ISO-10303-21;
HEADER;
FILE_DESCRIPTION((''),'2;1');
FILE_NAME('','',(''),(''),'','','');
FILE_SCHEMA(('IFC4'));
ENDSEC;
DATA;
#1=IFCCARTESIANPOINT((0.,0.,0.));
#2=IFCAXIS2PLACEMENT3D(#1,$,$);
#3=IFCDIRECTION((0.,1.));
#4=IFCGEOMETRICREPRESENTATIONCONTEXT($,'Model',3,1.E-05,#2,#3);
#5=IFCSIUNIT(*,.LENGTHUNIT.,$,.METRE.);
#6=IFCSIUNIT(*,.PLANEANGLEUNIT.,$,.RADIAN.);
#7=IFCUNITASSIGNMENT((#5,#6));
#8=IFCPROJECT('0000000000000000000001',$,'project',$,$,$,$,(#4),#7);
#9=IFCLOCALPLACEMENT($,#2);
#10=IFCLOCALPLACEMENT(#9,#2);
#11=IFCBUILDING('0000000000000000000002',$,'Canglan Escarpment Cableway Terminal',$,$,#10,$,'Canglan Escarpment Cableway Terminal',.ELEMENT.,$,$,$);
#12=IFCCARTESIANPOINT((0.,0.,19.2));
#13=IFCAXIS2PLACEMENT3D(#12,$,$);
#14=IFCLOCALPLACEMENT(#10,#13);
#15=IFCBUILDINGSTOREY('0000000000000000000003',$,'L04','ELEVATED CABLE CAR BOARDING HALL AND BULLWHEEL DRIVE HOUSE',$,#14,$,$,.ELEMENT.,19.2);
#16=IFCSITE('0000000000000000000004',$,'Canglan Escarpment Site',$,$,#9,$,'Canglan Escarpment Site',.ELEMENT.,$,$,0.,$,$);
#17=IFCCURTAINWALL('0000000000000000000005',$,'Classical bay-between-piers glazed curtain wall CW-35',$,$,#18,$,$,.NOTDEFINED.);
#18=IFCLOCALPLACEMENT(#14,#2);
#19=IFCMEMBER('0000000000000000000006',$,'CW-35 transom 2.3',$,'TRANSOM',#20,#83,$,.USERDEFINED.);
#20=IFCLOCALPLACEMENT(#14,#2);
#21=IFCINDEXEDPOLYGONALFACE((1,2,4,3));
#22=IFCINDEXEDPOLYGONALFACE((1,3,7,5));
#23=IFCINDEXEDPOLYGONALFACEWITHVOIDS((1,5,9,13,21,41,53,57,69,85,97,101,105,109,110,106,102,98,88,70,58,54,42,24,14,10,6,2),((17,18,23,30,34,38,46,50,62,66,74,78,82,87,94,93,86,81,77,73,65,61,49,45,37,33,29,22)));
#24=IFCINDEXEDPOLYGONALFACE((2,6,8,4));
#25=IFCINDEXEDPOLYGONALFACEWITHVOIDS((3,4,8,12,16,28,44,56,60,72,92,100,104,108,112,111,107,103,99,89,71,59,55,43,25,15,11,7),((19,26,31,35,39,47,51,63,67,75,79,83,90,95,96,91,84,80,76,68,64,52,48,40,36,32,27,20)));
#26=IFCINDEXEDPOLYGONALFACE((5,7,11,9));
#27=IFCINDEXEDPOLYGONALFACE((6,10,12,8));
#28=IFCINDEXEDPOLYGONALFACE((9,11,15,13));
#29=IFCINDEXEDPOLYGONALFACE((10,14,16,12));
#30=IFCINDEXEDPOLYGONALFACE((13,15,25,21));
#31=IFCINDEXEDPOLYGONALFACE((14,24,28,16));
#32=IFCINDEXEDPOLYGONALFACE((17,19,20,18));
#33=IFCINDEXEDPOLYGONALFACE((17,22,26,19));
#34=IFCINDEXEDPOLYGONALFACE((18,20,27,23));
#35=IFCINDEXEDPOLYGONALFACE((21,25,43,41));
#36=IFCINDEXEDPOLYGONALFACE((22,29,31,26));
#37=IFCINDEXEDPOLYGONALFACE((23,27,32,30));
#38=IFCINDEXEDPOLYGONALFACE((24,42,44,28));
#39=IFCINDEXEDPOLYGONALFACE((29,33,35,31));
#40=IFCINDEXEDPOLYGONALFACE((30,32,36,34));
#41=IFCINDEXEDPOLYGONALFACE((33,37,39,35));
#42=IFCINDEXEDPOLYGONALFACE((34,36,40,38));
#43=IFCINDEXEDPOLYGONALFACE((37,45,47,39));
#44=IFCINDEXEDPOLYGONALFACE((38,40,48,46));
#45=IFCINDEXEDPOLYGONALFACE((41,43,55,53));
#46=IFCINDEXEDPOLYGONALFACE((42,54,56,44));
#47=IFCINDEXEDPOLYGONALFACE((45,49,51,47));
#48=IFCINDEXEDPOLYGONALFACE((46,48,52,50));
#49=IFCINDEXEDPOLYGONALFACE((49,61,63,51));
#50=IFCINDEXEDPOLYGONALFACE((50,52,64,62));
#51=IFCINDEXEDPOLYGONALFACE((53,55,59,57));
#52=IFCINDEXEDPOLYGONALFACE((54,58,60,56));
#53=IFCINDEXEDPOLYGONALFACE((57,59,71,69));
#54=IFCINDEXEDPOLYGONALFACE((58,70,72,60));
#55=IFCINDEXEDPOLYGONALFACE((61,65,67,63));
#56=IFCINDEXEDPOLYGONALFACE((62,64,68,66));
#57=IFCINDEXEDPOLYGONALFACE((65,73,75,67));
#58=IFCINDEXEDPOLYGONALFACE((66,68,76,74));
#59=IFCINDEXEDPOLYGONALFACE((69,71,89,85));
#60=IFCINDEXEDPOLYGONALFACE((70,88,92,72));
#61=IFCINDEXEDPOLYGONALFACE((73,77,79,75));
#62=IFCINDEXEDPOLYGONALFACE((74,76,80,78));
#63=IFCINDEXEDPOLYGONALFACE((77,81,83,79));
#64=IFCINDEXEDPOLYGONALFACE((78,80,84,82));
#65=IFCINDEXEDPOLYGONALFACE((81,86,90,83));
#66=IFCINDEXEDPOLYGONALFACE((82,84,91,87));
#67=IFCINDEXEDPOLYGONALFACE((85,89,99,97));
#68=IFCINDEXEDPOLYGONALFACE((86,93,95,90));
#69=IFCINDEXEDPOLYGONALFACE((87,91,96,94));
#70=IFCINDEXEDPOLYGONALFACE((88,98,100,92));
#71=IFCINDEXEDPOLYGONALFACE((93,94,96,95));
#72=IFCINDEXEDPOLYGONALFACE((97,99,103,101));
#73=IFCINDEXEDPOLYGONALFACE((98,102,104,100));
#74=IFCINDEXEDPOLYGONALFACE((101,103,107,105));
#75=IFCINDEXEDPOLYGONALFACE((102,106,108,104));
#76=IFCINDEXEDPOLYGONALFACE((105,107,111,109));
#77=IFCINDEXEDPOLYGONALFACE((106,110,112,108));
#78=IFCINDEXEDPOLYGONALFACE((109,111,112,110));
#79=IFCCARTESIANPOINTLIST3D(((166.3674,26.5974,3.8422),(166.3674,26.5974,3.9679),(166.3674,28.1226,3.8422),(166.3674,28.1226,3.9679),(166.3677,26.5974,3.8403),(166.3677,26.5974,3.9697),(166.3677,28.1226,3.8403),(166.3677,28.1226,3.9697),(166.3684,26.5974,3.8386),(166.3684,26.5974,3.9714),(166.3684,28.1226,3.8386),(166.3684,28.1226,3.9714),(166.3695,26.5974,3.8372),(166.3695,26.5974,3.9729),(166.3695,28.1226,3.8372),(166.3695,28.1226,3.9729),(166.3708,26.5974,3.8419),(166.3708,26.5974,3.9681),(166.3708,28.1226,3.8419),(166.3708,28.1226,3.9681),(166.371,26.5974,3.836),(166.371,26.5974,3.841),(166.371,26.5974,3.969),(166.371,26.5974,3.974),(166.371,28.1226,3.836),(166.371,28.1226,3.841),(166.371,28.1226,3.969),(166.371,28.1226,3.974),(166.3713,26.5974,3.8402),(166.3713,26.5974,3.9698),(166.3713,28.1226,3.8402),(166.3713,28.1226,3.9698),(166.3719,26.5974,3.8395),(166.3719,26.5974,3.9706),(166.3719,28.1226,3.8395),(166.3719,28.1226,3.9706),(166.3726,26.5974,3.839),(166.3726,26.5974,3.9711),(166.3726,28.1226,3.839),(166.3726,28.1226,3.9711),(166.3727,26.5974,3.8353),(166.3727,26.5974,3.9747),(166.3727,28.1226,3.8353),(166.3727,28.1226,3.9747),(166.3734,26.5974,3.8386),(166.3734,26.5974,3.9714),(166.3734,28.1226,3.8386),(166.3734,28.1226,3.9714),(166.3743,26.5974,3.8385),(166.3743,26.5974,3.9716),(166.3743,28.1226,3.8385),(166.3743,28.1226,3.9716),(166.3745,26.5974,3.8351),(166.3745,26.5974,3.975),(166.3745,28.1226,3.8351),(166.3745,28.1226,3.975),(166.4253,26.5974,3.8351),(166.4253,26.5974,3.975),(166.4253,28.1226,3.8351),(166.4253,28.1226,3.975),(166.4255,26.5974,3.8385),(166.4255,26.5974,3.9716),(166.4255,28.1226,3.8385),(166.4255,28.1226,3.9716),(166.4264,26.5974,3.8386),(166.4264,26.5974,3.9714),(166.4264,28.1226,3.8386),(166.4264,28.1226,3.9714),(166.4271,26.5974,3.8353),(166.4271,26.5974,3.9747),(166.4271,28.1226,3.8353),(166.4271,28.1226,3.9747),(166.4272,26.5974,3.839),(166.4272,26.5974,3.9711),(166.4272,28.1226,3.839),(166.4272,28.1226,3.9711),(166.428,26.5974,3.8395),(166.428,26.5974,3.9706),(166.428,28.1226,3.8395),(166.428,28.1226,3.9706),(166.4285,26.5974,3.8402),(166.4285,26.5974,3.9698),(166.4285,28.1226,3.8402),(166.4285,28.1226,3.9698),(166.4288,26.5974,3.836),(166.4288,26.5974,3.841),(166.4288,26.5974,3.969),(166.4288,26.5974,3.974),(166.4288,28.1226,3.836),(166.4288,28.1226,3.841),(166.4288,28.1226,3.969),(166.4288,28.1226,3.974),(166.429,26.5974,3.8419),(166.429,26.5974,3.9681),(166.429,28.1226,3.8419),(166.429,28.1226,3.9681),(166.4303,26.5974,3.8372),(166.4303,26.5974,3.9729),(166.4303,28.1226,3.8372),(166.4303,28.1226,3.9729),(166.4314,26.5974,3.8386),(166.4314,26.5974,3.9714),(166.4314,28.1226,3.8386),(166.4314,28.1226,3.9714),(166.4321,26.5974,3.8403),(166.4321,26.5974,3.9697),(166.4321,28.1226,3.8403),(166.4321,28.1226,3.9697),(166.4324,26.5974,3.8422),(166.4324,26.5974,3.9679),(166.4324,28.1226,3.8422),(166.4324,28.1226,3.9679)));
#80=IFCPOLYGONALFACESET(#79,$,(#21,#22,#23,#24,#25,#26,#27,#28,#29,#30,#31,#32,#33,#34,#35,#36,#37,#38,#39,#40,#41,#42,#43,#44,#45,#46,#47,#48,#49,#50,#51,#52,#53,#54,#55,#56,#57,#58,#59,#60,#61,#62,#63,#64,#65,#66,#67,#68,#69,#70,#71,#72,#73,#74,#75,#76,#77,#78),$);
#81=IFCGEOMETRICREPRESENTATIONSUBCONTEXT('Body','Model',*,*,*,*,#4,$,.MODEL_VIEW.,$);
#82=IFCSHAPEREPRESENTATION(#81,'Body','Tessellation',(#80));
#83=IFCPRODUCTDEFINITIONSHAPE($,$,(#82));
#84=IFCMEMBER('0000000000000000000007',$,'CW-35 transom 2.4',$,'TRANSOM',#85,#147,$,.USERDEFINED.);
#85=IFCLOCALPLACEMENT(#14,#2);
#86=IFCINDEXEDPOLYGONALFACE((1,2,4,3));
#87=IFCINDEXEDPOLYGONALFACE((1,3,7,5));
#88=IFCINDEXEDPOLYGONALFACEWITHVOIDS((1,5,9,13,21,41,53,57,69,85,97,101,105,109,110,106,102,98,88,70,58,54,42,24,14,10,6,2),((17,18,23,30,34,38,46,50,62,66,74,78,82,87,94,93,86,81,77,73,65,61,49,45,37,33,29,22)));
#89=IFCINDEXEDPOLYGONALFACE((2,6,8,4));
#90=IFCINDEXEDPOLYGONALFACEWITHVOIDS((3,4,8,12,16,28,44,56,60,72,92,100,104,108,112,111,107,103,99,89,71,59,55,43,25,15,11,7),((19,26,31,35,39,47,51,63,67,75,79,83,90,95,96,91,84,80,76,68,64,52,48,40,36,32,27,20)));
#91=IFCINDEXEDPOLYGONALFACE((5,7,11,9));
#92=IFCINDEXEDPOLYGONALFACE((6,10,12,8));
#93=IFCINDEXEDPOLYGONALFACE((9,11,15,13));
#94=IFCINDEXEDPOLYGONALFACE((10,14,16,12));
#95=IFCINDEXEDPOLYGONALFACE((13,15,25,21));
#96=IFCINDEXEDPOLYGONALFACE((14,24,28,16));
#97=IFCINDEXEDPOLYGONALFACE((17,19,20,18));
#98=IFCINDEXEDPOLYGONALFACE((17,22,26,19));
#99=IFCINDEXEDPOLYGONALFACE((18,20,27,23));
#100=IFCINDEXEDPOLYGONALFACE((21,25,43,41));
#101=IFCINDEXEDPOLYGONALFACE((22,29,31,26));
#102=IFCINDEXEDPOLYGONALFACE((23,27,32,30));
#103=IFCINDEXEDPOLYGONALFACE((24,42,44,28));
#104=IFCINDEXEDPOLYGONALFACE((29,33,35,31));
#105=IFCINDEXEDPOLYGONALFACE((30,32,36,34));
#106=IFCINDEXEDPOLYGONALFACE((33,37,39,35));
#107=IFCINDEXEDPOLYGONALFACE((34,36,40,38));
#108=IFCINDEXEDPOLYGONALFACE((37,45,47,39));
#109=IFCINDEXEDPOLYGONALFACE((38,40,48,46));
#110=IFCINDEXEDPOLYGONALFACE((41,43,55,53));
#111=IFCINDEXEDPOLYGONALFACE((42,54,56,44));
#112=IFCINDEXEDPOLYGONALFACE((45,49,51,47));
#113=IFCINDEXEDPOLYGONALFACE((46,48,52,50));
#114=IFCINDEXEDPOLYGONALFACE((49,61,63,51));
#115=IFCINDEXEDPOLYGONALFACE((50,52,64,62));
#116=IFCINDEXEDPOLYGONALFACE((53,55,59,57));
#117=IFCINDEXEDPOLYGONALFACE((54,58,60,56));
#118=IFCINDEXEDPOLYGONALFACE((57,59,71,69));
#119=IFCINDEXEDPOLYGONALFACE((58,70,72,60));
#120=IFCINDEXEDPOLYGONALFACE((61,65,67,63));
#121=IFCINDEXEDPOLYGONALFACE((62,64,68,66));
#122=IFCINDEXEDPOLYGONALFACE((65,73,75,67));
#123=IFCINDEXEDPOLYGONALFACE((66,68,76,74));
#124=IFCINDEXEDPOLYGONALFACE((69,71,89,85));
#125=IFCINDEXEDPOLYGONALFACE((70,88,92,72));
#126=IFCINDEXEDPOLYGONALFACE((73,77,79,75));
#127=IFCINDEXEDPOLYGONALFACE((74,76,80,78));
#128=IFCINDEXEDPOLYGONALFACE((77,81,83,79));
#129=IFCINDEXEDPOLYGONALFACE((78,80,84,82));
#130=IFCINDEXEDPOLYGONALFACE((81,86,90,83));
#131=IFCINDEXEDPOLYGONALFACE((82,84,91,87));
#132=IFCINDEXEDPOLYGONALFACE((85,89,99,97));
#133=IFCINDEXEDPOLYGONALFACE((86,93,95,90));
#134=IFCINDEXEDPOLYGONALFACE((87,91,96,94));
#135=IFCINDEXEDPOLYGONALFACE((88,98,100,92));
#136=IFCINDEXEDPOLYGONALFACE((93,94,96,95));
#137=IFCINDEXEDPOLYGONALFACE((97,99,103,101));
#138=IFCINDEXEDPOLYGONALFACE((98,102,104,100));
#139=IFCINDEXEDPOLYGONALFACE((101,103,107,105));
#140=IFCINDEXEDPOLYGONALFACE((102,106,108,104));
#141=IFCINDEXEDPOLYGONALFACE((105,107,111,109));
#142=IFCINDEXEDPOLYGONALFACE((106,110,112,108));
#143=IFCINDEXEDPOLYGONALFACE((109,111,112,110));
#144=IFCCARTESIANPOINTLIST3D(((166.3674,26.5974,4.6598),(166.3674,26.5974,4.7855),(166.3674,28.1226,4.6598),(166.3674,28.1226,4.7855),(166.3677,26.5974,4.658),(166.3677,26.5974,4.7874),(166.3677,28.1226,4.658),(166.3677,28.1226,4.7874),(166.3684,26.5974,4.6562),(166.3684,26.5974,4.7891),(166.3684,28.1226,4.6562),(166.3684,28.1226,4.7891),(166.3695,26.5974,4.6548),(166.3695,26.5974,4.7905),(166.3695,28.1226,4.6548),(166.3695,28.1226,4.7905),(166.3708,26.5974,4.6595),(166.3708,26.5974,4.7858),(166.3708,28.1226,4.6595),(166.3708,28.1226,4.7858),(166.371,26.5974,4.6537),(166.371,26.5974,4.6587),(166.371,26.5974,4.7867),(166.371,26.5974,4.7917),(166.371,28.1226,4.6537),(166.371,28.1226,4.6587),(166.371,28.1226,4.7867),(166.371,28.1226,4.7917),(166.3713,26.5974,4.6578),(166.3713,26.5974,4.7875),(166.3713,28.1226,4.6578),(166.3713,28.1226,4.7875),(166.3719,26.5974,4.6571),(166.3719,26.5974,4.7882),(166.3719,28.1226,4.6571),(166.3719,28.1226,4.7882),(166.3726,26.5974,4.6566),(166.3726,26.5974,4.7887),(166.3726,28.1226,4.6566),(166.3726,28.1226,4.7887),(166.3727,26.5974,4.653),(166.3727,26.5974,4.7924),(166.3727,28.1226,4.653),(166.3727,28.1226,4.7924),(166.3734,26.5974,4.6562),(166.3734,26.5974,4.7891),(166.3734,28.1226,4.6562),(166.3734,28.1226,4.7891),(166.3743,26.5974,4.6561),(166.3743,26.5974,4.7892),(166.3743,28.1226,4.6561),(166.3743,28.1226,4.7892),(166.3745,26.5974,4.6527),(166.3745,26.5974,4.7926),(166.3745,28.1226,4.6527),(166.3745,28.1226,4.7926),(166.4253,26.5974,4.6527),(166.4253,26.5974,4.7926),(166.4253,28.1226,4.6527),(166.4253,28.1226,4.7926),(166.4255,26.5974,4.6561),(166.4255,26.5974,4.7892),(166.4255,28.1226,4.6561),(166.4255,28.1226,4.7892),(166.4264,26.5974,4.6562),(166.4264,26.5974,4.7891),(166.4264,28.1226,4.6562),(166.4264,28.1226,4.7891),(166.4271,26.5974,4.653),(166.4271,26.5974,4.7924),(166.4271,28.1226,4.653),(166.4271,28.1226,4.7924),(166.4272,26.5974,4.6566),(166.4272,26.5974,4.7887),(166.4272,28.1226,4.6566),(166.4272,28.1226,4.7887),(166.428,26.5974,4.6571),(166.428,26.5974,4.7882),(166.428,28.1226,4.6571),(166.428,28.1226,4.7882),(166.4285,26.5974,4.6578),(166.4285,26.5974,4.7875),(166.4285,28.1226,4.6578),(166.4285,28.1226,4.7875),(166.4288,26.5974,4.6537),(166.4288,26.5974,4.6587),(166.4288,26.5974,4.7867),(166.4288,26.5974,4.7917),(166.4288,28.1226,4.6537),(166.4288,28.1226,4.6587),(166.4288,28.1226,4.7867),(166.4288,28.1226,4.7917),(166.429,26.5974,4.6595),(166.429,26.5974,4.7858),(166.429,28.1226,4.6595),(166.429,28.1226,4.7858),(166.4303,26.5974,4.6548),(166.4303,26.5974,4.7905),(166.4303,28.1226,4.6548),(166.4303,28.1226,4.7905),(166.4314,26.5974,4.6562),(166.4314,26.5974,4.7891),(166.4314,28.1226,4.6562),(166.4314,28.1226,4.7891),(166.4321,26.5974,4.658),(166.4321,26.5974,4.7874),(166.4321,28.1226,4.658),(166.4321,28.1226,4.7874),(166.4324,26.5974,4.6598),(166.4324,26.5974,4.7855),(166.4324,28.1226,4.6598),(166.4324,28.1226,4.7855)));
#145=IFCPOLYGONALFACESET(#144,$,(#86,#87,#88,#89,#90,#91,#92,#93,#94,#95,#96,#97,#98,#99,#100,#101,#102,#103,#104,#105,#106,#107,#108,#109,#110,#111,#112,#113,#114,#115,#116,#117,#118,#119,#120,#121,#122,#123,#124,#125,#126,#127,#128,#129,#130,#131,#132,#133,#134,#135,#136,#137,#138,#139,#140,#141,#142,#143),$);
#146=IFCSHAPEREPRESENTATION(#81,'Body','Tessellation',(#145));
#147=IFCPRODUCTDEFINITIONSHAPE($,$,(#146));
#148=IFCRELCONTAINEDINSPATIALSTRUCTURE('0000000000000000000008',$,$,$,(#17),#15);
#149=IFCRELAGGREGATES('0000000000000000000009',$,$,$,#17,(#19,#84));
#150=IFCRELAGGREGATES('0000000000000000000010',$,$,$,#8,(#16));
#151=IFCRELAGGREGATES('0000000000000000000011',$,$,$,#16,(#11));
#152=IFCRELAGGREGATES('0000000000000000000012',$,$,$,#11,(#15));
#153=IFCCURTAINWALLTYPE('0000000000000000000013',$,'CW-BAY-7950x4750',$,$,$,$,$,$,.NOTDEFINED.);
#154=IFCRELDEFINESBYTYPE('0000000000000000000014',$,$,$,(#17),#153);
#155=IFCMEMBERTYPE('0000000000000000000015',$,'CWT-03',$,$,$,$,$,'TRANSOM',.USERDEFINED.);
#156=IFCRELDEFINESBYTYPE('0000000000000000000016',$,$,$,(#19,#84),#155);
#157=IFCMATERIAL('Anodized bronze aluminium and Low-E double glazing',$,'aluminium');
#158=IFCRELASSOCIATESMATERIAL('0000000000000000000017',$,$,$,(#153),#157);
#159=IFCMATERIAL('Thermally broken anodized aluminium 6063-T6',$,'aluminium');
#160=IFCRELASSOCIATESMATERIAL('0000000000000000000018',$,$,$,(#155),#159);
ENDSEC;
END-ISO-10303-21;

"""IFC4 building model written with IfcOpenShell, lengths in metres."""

from ifc_helpers import new_model, si_unit, direction, frame, origin, origin_2d, place, context, subcontext, project, spatial, hollow_rectangle, extrude, material, material_profile, profile_set, type_object, element, aggregate, save


model = new_model("IFC4")

# Units and contexts
model_context = context("Model", 3, precision=1e-05, world=origin(), true_north=direction((0.0, 1.0)))
body_context = subcontext(model_context, "Body", "Model", "MODEL_VIEW")
ifc_project = project(units=[si_unit("LENGTHUNIT", "METRE"), si_unit("PLANEANGLEUNIT", "RADIAN")], contexts=[model_context])

# Site, building, storey
site_placement = place(None, origin())
site = spatial("IfcSite", under=ifc_project, at=site_placement, Name="Canglan Escarpment Site", LongName="Canglan Escarpment Site", CompositionType="ELEMENT", RefElevation=0.0)
building_placement = place(site_placement, origin())
building = spatial("IfcBuilding", under=site, at=building_placement, Name="Canglan Escarpment Cableway Terminal", LongName="Canglan Escarpment Cableway Terminal", CompositionType="ELEMENT")
storey_placement = place(building_placement, frame((0.0, 0.0, 19.2)))
storey = spatial("IfcBuildingStorey", under=building, at=storey_placement, Name="L04", Description="ELEVATED CABLE CAR BOARDING HALL AND BULLWHEEL DRIVE HOUSE", CompositionType="ELEMENT", Elevation=19.2)

# Curtain wall, members
ifc_material_1 = material(Name="Anodized bronze aluminium and Low-E double glazing", Category="aluminium")
curtain_wall_type = type_object("IfcCurtainWallType", Name="CW-BAY-7950x4750", PredefinedType="NOTDEFINED", material=ifc_material_1)
curtain_wall_placement = place(storey_placement, origin())
curtain_wall = element("IfcCurtainWall", 1, at=curtain_wall_placement, inside=storey, type_object=curtain_wall_type, Name="Classical bay-between-piers glazed curtain wall CW-35", PredefinedType="NOTDEFINED")
ifc_material_2 = material(Name="Thermally broken anodized aluminium 6063-T6", Category="aluminium")
ifc_material_profile_1 = material_profile(ifc_material_2, hollow_rectangle(XDim=0.0649, YDim=0.1399, WallThickness=0.0034, InnerFilletRadius=0.0034, OuterFilletRadius=0.0071, at=origin_2d()), Name="ALU-TRAN 65x140x3.5")
ifc_profile_set_1 = profile_set([ifc_material_profile_1], Name="Thermally broken anodized aluminium 6063-T6")
member_type_1 = type_object("IfcMemberType", Name="CWT-03", ElementType="TRANSOM", PredefinedType="USERDEFINED", material=ifc_profile_set_1)
member_1_placement = place(storey_placement, frame((166.3999, 26.5974, 3.905), z_axis=(0.0, 1.0, 0.0), x_axis=(-1.0, 0.0, 0.0)))
member_1 = element("IfcMember", 2, at=member_1_placement, type_object=member_type_1, Name="CW-35 transom 2.3", ObjectType="TRANSOM", PredefinedType="USERDEFINED", context=body_context, shape_type="SweptSolid", body=[
    extrude(hollow_rectangle(XDim=0.0649, YDim=0.1399, WallThickness=0.0034, InnerFilletRadius=0.0034, OuterFilletRadius=0.0071, at=origin_2d()), origin(), (0.0, 0.0, 1.0), 1.5251),
])
member_2_placement = place(storey_placement, frame((166.3999, 26.5974, 4.7227), z_axis=(0.0, 1.0, 0.0), x_axis=(-1.0, 0.0, 0.0)))
member_2 = element("IfcMember", 3, at=member_2_placement, type_object=member_type_1, Name="CW-35 transom 2.4", ObjectType="TRANSOM", PredefinedType="USERDEFINED", context=body_context, shape_type="SweptSolid", body=[
    extrude(hollow_rectangle(XDim=0.0649, YDim=0.1399, WallThickness=0.0034, InnerFilletRadius=0.0034, OuterFilletRadius=0.0071, at=origin_2d()), origin(), (0.0, 0.0, 1.0), 1.5251),
])
aggregate(curtain_wall, [member_1, member_2])

save(model, "model.ifc")
